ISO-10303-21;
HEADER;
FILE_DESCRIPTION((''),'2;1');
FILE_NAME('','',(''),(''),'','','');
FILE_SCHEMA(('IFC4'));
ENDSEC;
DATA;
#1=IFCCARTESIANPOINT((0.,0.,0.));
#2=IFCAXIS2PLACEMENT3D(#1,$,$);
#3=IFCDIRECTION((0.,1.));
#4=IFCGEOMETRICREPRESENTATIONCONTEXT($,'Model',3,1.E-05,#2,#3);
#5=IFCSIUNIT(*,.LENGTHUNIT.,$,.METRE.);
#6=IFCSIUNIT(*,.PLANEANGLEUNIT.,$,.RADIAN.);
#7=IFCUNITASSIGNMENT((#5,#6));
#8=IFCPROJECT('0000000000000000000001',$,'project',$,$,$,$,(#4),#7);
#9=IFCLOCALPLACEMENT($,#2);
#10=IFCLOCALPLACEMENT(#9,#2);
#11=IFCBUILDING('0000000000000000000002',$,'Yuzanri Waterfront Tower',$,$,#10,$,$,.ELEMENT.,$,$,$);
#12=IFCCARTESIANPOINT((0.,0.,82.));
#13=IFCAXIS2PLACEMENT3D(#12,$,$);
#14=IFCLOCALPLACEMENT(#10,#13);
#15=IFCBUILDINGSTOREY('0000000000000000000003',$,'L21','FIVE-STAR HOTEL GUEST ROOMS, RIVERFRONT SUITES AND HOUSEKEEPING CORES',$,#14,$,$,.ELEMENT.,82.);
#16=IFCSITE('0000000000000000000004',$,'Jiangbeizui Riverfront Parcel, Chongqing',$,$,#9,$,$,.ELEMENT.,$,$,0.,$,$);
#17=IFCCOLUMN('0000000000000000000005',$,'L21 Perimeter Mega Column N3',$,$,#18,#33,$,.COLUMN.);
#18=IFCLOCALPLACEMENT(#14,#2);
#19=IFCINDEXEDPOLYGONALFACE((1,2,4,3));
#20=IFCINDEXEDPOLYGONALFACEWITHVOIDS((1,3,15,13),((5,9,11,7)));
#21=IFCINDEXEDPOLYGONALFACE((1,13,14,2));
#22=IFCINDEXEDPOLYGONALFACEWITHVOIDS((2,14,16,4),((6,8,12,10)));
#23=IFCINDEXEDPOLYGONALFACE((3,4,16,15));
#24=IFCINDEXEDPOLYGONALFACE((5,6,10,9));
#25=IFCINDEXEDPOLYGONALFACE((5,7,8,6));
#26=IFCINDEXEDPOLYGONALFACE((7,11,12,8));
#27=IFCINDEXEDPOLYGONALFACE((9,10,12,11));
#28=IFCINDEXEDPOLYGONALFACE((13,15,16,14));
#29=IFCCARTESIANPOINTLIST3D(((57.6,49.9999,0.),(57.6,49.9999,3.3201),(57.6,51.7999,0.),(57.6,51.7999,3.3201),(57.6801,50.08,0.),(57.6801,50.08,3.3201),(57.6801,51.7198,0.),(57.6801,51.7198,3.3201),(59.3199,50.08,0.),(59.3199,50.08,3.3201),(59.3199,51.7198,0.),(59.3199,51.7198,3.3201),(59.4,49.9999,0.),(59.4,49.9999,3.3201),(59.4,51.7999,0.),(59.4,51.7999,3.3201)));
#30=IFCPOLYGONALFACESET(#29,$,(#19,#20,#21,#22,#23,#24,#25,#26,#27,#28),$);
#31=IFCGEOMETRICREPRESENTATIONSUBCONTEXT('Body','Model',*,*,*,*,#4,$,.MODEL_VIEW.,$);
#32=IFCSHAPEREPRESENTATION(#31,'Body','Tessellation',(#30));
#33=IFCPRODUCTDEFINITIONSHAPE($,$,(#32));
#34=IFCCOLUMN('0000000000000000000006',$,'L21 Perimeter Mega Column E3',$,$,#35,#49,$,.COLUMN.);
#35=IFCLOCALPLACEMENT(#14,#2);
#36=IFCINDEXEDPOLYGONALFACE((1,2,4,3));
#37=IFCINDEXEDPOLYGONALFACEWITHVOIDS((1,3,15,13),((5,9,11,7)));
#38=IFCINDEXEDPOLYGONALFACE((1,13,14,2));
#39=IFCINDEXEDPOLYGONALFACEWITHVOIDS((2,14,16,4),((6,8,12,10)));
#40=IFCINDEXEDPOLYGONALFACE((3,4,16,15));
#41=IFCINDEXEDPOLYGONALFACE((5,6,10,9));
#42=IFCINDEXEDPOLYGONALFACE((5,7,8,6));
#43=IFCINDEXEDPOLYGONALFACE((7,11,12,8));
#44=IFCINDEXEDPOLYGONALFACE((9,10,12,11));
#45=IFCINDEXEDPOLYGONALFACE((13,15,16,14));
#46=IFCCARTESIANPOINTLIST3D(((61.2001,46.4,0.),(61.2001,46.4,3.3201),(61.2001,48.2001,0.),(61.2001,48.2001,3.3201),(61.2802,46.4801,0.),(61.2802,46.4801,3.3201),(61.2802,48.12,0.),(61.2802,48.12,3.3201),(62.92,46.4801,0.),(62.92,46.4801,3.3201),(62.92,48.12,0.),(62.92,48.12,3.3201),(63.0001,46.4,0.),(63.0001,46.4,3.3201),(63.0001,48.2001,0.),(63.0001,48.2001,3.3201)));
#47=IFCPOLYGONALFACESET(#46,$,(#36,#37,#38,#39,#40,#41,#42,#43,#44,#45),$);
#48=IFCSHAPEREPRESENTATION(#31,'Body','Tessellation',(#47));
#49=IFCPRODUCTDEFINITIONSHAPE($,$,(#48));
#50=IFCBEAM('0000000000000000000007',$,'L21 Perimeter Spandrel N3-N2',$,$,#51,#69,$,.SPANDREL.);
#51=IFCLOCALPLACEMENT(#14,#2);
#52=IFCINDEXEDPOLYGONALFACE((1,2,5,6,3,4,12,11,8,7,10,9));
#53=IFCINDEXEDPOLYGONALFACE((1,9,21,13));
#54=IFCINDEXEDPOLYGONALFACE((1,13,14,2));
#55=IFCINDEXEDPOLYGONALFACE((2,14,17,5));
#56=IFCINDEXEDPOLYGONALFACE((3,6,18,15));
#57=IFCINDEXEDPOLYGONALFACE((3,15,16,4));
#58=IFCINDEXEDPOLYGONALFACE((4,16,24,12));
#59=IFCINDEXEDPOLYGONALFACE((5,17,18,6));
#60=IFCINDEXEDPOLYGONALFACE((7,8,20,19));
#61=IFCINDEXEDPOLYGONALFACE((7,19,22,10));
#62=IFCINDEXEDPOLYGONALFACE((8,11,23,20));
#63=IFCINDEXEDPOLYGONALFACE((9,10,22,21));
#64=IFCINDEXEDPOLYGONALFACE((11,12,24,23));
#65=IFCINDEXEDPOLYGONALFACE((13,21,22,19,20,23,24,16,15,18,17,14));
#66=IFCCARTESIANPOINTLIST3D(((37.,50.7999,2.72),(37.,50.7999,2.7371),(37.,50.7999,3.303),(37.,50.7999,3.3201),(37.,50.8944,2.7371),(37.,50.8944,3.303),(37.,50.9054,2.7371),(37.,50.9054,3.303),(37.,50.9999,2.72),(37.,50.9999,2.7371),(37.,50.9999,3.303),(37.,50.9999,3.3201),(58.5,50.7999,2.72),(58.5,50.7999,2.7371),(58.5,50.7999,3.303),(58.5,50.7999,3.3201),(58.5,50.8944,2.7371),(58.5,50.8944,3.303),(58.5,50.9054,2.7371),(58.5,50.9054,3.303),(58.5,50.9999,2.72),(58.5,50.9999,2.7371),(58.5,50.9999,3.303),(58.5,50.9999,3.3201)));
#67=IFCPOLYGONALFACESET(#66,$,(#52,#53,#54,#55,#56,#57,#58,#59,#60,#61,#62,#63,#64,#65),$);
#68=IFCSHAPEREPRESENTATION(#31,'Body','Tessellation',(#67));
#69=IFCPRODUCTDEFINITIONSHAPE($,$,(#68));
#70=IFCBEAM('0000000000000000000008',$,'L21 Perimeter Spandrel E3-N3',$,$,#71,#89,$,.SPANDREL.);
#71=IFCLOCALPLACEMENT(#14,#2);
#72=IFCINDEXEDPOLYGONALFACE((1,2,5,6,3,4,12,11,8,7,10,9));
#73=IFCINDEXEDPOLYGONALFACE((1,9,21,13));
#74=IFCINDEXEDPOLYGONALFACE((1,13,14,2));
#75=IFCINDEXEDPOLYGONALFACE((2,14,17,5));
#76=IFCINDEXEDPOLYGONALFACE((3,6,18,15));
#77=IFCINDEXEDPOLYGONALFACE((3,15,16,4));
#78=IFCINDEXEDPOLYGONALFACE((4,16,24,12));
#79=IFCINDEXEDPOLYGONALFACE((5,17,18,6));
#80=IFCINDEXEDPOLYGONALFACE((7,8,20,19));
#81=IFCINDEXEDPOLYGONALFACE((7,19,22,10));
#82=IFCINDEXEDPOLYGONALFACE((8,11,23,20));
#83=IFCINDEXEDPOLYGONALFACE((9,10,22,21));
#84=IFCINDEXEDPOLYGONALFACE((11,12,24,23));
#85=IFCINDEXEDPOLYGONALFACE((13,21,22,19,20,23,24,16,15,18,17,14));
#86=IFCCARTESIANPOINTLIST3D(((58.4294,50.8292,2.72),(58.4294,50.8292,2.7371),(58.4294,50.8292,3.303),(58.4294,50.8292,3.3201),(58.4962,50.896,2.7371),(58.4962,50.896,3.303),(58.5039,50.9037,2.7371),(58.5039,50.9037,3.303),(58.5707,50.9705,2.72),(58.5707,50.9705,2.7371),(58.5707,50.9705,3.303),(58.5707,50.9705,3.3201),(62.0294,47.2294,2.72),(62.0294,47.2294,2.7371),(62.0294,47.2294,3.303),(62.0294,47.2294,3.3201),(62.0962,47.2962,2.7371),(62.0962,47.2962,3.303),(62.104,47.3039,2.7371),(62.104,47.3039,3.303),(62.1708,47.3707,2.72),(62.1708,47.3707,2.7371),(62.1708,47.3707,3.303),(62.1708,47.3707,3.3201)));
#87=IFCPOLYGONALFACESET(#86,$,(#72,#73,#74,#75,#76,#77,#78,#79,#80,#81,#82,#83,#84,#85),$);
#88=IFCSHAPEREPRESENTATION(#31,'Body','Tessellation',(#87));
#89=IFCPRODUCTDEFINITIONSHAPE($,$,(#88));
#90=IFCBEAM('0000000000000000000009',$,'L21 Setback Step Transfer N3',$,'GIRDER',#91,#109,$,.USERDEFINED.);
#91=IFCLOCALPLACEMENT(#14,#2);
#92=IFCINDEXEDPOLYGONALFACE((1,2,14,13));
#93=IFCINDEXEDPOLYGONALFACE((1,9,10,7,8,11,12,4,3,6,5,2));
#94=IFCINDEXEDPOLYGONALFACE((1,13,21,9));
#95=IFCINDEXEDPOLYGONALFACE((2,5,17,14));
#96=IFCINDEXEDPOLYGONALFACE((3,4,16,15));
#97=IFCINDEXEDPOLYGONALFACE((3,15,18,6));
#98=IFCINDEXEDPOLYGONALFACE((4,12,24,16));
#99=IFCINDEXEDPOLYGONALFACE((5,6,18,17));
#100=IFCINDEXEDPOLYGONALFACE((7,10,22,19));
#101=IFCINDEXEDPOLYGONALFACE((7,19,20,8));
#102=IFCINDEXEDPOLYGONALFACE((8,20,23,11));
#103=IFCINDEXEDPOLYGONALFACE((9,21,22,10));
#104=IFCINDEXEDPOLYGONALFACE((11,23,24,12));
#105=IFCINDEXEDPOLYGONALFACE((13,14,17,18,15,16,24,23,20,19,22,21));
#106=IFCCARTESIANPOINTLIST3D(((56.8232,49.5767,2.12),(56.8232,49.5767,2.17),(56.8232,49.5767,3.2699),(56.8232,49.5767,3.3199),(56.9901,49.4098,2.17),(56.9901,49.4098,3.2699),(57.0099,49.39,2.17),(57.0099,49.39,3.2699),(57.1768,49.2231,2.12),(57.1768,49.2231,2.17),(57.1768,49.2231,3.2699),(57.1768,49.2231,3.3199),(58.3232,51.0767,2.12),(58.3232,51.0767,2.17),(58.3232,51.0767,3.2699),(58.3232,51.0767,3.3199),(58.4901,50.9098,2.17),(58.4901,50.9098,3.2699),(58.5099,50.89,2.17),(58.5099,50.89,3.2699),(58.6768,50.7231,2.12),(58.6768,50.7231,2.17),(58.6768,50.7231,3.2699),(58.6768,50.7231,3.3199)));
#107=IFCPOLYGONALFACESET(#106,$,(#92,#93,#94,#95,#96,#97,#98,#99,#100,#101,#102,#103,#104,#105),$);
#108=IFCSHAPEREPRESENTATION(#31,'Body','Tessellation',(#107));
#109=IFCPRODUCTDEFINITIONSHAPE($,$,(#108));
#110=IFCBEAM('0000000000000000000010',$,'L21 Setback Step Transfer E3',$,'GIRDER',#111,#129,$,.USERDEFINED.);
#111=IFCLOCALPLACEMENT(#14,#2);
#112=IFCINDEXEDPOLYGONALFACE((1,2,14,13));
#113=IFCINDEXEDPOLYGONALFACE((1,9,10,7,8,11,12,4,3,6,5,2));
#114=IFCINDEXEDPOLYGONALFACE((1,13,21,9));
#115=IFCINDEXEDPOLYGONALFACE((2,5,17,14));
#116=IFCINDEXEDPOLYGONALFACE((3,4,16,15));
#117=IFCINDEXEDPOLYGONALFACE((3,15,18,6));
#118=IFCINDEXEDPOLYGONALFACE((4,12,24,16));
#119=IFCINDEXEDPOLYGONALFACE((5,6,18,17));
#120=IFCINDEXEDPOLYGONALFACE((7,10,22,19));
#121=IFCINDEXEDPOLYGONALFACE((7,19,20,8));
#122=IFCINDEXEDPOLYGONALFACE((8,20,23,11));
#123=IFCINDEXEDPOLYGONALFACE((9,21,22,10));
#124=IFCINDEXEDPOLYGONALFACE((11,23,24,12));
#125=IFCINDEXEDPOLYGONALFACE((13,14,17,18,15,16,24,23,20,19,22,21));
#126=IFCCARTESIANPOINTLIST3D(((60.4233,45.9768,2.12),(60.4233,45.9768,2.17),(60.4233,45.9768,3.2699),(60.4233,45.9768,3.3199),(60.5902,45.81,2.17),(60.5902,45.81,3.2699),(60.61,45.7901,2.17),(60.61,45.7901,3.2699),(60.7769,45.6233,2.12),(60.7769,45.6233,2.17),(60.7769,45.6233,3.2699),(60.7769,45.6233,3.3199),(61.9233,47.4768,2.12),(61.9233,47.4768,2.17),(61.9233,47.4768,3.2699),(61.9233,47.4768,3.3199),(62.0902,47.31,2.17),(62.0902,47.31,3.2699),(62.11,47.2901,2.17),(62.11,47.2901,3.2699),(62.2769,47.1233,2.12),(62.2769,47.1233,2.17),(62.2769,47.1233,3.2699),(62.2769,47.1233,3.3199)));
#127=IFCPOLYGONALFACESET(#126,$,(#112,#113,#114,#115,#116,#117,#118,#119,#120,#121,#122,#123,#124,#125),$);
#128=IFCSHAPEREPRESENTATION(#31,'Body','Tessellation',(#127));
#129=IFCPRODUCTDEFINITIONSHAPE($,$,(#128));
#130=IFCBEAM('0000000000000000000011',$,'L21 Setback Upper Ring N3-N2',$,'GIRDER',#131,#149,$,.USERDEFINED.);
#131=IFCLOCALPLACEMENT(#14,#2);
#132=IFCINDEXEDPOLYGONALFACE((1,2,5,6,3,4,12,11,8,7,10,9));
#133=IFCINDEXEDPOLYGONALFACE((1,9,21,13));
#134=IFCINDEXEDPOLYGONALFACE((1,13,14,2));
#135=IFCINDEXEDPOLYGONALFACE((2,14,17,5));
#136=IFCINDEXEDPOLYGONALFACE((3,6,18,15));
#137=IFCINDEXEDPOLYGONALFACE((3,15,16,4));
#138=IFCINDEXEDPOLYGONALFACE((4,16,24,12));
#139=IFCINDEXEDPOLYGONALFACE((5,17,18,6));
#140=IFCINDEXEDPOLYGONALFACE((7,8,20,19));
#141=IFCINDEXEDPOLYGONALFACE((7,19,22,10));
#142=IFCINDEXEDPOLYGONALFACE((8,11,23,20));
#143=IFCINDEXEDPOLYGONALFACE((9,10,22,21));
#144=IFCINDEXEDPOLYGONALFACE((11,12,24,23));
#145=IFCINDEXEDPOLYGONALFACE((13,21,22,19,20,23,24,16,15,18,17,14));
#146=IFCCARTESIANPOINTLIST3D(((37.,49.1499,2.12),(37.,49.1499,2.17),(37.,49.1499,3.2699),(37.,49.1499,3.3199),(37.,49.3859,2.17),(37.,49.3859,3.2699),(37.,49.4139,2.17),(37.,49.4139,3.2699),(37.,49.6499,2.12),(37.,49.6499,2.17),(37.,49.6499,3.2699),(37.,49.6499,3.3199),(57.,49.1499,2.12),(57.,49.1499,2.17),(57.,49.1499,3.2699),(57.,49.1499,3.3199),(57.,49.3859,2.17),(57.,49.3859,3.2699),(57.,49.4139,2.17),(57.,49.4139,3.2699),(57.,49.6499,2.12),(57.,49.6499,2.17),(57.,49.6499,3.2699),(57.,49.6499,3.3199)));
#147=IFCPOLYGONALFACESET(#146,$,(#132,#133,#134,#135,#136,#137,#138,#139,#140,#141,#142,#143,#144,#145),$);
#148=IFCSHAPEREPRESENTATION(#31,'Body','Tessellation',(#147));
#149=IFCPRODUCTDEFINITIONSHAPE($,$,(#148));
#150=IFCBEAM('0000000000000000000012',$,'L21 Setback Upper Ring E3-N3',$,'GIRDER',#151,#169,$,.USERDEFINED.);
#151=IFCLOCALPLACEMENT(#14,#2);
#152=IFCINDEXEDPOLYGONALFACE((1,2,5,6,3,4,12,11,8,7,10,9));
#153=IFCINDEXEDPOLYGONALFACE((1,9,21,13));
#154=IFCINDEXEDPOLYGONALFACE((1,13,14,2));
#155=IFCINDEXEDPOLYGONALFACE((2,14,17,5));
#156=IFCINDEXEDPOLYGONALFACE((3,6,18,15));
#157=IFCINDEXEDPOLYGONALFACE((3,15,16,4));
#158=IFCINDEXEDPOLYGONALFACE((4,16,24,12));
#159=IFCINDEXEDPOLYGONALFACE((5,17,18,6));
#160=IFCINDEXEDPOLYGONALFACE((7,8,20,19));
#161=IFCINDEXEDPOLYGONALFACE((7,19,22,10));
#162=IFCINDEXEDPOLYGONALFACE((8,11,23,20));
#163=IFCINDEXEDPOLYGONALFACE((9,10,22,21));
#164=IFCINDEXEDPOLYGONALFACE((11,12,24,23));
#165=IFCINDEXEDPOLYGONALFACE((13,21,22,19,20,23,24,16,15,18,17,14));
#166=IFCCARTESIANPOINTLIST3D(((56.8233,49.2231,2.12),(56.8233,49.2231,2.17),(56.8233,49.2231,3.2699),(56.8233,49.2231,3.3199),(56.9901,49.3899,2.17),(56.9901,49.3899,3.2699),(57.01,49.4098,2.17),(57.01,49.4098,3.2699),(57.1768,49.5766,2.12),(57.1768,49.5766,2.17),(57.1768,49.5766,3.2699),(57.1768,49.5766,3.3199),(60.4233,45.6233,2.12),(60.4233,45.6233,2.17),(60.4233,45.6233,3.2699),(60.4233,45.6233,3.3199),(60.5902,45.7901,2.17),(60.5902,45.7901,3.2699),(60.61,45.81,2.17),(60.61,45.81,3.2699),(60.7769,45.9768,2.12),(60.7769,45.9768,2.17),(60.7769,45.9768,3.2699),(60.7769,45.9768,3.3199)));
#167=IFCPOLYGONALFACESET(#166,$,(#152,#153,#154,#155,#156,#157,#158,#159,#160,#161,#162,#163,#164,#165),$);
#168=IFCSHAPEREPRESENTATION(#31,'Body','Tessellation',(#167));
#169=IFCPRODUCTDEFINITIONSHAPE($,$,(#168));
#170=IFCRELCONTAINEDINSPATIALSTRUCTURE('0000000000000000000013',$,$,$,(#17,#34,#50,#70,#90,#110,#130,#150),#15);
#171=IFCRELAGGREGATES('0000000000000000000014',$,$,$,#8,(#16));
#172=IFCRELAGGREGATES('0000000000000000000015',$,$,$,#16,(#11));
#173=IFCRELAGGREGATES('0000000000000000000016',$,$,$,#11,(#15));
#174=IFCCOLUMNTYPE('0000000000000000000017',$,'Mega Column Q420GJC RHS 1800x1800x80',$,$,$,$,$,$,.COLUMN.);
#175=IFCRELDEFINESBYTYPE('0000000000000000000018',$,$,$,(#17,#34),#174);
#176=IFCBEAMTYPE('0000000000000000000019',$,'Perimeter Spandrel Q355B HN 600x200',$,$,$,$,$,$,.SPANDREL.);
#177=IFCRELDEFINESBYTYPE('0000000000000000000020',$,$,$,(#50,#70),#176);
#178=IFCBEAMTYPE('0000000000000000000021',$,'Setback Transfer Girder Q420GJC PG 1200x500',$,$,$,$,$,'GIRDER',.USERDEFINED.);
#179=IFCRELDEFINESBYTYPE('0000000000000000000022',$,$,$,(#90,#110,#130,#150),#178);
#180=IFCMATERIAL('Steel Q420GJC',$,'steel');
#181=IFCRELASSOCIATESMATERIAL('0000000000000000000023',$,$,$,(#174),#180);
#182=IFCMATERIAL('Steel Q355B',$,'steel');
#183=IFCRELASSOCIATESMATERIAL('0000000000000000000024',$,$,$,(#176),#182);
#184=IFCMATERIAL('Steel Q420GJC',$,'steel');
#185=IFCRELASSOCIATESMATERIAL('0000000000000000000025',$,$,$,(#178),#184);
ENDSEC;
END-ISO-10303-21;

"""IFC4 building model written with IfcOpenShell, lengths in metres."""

from ifc_helpers import new_model, si_unit, direction, frame, origin, origin_2d, place, context, subcontext, project, spatial, hollow_rectangle, i_section, extrude, source, transform, mapped, material, material_profile, profile_set, type_object, element, save


model = new_model("IFC4")

# Units and contexts
model_context = context("Model", 3, precision=1e-05, world=origin(), true_north=direction((0.0, 1.0)))
body_context = subcontext(model_context, "Body", "Model", "MODEL_VIEW")
ifc_project = project(units=[si_unit("LENGTHUNIT", "METRE"), si_unit("PLANEANGLEUNIT", "RADIAN")], contexts=[model_context])

# Site, building, storey
site_placement = place(None, origin())
site = spatial("IfcSite", under=ifc_project, at=site_placement, Name="Jiangbeizui Riverfront Parcel, Chongqing", CompositionType="ELEMENT", RefElevation=0.0)
building_placement = place(site_placement, origin())
building = spatial("IfcBuilding", under=site, at=building_placement, Name="Yuzanri Waterfront Tower", CompositionType="ELEMENT")
storey_placement = place(building_placement, frame((0.0, 0.0, 82.0)))
storey = spatial("IfcBuildingStorey", under=building, at=storey_placement, Name="L21", Description="FIVE-STAR HOTEL GUEST ROOMS, RIVERFRONT SUITES AND HOUSEKEEPING CORES", CompositionType="ELEMENT", Elevation=82.0)

# Columns
ifc_material_1 = material(Name="Steel Q420GJC", Category="steel")
ifc_material_profile_1 = material_profile(ifc_material_1, hollow_rectangle(XDim=1.8, YDim=1.8, WallThickness=0.0801, at=origin_2d()), Name="RHS 1800x1800x80")
ifc_profile_set_1 = profile_set([ifc_material_profile_1], Name="Steel Q420GJC")
column_type = type_object("IfcColumnType", Name="Mega Column Q420GJC RHS 1800x1800x80", PredefinedType="COLUMN", material=ifc_profile_set_1)
shared_shape_1 = source(origin(), body_context, "Body", "SweptSolid", [
    extrude(hollow_rectangle(XDim=1.8, YDim=1.8, WallThickness=0.0801, at=origin_2d()), origin(), (0.0, 0.0, 1.0), 3.3201),
])
for number, where, z_axis, x_axis, name in (
    (1, (58.5, 50.8999, 0.0), (0.0, 0.0, 1.0), (1.0, 0.0, 0.0), "L21 Perimeter Mega Column N3"),
    (2, (62.1001, 47.3, 0.0), (0.0, 0.0, 1.0), (1.0, 0.0, 0.0), "L21 Perimeter Mega Column E3"),
):
    element("IfcColumn", number, at=place(storey_placement, frame(where, z_axis=z_axis, x_axis=x_axis)), inside=storey, type_object=column_type, Name=name, PredefinedType="COLUMN", context=body_context, shape_type="MappedRepresentation", body=[
        mapped(shared_shape_1, transform((0.0, 0.0, 0.0), scale=1.0)),
    ])

# Beams
ifc_material_2 = material(Name="Steel Q355B", Category="steel")
ifc_material_profile_2 = material_profile(ifc_material_2, i_section(OverallWidth=0.2, OverallDepth=0.6001, WebThickness=0.011, FlangeThickness=0.0171, at=origin_2d()), Name="HN 600x200x11x17")
ifc_profile_set_2 = profile_set([ifc_material_profile_2], Name="Steel Q355B")
beam_type_1 = type_object("IfcBeamType", Name="Perimeter Spandrel Q355B HN 600x200", PredefinedType="SPANDREL", material=ifc_profile_set_2)
shared_shape_2 = source(origin(), body_context, "Body", "SweptSolid", [
    extrude(i_section(OverallWidth=0.2, OverallDepth=0.6001, WebThickness=0.011, FlangeThickness=0.0171, at=origin_2d()), origin(), (0.0, 0.0, 1.0), 21.5),
])
beam_1_placement = place(storey_placement, frame((58.5, 50.8999, 3.02), z_axis=(-1.0, 0.0, 0.0), x_axis=(0.0, -1.0, 0.0)))
element("IfcBeam", 3, at=beam_1_placement, inside=storey, type_object=beam_type_1, Name="L21 Perimeter Spandrel N3-N2", PredefinedType="SPANDREL", context=body_context, shape_type="MappedRepresentation", body=[
    mapped(shared_shape_2, transform((0.0, 0.0, 0.0), scale=1.0)),
])
shared_shape_3 = source(origin(), body_context, "Body", "SweptSolid", [
    extrude(i_section(OverallWidth=0.2, OverallDepth=0.6001, WebThickness=0.011, FlangeThickness=0.0171, at=origin_2d()), origin(), (0.0, 0.0, 1.0), 5.0911),
])
beam_2_placement = place(storey_placement, frame((62.1001, 47.3, 3.02), z_axis=(-0.707131, 0.707083, 0.0), x_axis=(-0.707083, -0.707131, 0.0)))
element("IfcBeam", 4, at=beam_2_placement, inside=storey, type_object=beam_type_1, Name="L21 Perimeter Spandrel E3-N3", PredefinedType="SPANDREL", context=body_context, shape_type="MappedRepresentation", body=[
    mapped(shared_shape_3, transform((0.0, 0.0, 0.0), scale=1.0)),
])
ifc_material_3 = material(Name="Steel Q420GJC", Category="steel")
ifc_material_profile_3 = material_profile(ifc_material_3, i_section(OverallWidth=0.5, OverallDepth=1.2, WebThickness=0.0281, FlangeThickness=0.05, at=origin_2d()), Name="PG 1200x500x28x50")
ifc_profile_set_3 = profile_set([ifc_material_profile_3], Name="Steel Q420GJC")
beam_type_2 = type_object("IfcBeamType", Name="Setback Transfer Girder Q420GJC PG 1200x500", ElementType="GIRDER", PredefinedType="USERDEFINED", material=ifc_profile_set_3)
shared_shape_4 = source(origin(), body_context, "Body", "SweptSolid", [
    extrude(i_section(OverallWidth=0.5, OverallDepth=1.2, WebThickness=0.0281, FlangeThickness=0.05, at=origin_2d()), origin(), (0.0, 0.0, 1.0), 2.1213),
])
for number, where, z_axis, x_axis, name in (
    (5, (57.0, 49.3999, 2.72), (0.707107, 0.707107, 0.0), (-0.707107, 0.707107, 0.0), "L21 Setback Step Transfer N3"),
    (6, (60.6001, 45.8, 2.72), (0.707107, 0.707107, 0.0), (-0.707107, 0.707107, 0.0), "L21 Setback Step Transfer E3"),
):
    element("IfcBeam", number, at=place(storey_placement, frame(where, z_axis=z_axis, x_axis=x_axis)), inside=storey, type_object=beam_type_2, Name=name, ObjectType="GIRDER", PredefinedType="USERDEFINED", context=body_context, shape_type="MappedRepresentation", body=[
        mapped(shared_shape_4, transform((0.0, 0.0, 0.0), scale=1.0)),
    ])
shared_shape_5 = source(origin(), body_context, "Body", "SweptSolid", [
    extrude(i_section(OverallWidth=0.5, OverallDepth=1.2, WebThickness=0.0281, FlangeThickness=0.05, at=origin_2d()), origin(), (0.0, 0.0, 1.0), 20.0),
])
beam_3_placement = place(storey_placement, frame((57.0, 49.3999, 2.72), z_axis=(-1.0, 0.0, 0.0), x_axis=(0.0, -1.0, 0.0)))
element("IfcBeam", 7, at=beam_3_placement, inside=storey, type_object=beam_type_2, Name="L21 Setback Upper Ring N3-N2", ObjectType="GIRDER", PredefinedType="USERDEFINED", context=body_context, shape_type="MappedRepresentation", body=[
    mapped(shared_shape_5, transform((0.0, 0.0, 0.0), scale=1.0)),
])
shared_shape_6 = source(origin(), body_context, "Body", "SweptSolid", [
    extrude(i_section(OverallWidth=0.5, OverallDepth=1.2, WebThickness=0.0281, FlangeThickness=0.05, at=origin_2d()), origin(), (0.0, 0.0, 1.0), 5.0911),
])
beam_4_placement = place(storey_placement, frame((60.6001, 45.8, 2.72), z_axis=(-0.707131, 0.707083, 0.0), x_axis=(-0.707083, -0.707131, 0.0)))
element("IfcBeam", 8, at=beam_4_placement, inside=storey, type_object=beam_type_2, Name="L21 Setback Upper Ring E3-N3", ObjectType="GIRDER", PredefinedType="USERDEFINED", context=body_context, shape_type="MappedRepresentation", body=[
    mapped(shared_shape_6, transform((0.0, 0.0, 0.0), scale=1.0)),
])

save(model, "model.ifc")
